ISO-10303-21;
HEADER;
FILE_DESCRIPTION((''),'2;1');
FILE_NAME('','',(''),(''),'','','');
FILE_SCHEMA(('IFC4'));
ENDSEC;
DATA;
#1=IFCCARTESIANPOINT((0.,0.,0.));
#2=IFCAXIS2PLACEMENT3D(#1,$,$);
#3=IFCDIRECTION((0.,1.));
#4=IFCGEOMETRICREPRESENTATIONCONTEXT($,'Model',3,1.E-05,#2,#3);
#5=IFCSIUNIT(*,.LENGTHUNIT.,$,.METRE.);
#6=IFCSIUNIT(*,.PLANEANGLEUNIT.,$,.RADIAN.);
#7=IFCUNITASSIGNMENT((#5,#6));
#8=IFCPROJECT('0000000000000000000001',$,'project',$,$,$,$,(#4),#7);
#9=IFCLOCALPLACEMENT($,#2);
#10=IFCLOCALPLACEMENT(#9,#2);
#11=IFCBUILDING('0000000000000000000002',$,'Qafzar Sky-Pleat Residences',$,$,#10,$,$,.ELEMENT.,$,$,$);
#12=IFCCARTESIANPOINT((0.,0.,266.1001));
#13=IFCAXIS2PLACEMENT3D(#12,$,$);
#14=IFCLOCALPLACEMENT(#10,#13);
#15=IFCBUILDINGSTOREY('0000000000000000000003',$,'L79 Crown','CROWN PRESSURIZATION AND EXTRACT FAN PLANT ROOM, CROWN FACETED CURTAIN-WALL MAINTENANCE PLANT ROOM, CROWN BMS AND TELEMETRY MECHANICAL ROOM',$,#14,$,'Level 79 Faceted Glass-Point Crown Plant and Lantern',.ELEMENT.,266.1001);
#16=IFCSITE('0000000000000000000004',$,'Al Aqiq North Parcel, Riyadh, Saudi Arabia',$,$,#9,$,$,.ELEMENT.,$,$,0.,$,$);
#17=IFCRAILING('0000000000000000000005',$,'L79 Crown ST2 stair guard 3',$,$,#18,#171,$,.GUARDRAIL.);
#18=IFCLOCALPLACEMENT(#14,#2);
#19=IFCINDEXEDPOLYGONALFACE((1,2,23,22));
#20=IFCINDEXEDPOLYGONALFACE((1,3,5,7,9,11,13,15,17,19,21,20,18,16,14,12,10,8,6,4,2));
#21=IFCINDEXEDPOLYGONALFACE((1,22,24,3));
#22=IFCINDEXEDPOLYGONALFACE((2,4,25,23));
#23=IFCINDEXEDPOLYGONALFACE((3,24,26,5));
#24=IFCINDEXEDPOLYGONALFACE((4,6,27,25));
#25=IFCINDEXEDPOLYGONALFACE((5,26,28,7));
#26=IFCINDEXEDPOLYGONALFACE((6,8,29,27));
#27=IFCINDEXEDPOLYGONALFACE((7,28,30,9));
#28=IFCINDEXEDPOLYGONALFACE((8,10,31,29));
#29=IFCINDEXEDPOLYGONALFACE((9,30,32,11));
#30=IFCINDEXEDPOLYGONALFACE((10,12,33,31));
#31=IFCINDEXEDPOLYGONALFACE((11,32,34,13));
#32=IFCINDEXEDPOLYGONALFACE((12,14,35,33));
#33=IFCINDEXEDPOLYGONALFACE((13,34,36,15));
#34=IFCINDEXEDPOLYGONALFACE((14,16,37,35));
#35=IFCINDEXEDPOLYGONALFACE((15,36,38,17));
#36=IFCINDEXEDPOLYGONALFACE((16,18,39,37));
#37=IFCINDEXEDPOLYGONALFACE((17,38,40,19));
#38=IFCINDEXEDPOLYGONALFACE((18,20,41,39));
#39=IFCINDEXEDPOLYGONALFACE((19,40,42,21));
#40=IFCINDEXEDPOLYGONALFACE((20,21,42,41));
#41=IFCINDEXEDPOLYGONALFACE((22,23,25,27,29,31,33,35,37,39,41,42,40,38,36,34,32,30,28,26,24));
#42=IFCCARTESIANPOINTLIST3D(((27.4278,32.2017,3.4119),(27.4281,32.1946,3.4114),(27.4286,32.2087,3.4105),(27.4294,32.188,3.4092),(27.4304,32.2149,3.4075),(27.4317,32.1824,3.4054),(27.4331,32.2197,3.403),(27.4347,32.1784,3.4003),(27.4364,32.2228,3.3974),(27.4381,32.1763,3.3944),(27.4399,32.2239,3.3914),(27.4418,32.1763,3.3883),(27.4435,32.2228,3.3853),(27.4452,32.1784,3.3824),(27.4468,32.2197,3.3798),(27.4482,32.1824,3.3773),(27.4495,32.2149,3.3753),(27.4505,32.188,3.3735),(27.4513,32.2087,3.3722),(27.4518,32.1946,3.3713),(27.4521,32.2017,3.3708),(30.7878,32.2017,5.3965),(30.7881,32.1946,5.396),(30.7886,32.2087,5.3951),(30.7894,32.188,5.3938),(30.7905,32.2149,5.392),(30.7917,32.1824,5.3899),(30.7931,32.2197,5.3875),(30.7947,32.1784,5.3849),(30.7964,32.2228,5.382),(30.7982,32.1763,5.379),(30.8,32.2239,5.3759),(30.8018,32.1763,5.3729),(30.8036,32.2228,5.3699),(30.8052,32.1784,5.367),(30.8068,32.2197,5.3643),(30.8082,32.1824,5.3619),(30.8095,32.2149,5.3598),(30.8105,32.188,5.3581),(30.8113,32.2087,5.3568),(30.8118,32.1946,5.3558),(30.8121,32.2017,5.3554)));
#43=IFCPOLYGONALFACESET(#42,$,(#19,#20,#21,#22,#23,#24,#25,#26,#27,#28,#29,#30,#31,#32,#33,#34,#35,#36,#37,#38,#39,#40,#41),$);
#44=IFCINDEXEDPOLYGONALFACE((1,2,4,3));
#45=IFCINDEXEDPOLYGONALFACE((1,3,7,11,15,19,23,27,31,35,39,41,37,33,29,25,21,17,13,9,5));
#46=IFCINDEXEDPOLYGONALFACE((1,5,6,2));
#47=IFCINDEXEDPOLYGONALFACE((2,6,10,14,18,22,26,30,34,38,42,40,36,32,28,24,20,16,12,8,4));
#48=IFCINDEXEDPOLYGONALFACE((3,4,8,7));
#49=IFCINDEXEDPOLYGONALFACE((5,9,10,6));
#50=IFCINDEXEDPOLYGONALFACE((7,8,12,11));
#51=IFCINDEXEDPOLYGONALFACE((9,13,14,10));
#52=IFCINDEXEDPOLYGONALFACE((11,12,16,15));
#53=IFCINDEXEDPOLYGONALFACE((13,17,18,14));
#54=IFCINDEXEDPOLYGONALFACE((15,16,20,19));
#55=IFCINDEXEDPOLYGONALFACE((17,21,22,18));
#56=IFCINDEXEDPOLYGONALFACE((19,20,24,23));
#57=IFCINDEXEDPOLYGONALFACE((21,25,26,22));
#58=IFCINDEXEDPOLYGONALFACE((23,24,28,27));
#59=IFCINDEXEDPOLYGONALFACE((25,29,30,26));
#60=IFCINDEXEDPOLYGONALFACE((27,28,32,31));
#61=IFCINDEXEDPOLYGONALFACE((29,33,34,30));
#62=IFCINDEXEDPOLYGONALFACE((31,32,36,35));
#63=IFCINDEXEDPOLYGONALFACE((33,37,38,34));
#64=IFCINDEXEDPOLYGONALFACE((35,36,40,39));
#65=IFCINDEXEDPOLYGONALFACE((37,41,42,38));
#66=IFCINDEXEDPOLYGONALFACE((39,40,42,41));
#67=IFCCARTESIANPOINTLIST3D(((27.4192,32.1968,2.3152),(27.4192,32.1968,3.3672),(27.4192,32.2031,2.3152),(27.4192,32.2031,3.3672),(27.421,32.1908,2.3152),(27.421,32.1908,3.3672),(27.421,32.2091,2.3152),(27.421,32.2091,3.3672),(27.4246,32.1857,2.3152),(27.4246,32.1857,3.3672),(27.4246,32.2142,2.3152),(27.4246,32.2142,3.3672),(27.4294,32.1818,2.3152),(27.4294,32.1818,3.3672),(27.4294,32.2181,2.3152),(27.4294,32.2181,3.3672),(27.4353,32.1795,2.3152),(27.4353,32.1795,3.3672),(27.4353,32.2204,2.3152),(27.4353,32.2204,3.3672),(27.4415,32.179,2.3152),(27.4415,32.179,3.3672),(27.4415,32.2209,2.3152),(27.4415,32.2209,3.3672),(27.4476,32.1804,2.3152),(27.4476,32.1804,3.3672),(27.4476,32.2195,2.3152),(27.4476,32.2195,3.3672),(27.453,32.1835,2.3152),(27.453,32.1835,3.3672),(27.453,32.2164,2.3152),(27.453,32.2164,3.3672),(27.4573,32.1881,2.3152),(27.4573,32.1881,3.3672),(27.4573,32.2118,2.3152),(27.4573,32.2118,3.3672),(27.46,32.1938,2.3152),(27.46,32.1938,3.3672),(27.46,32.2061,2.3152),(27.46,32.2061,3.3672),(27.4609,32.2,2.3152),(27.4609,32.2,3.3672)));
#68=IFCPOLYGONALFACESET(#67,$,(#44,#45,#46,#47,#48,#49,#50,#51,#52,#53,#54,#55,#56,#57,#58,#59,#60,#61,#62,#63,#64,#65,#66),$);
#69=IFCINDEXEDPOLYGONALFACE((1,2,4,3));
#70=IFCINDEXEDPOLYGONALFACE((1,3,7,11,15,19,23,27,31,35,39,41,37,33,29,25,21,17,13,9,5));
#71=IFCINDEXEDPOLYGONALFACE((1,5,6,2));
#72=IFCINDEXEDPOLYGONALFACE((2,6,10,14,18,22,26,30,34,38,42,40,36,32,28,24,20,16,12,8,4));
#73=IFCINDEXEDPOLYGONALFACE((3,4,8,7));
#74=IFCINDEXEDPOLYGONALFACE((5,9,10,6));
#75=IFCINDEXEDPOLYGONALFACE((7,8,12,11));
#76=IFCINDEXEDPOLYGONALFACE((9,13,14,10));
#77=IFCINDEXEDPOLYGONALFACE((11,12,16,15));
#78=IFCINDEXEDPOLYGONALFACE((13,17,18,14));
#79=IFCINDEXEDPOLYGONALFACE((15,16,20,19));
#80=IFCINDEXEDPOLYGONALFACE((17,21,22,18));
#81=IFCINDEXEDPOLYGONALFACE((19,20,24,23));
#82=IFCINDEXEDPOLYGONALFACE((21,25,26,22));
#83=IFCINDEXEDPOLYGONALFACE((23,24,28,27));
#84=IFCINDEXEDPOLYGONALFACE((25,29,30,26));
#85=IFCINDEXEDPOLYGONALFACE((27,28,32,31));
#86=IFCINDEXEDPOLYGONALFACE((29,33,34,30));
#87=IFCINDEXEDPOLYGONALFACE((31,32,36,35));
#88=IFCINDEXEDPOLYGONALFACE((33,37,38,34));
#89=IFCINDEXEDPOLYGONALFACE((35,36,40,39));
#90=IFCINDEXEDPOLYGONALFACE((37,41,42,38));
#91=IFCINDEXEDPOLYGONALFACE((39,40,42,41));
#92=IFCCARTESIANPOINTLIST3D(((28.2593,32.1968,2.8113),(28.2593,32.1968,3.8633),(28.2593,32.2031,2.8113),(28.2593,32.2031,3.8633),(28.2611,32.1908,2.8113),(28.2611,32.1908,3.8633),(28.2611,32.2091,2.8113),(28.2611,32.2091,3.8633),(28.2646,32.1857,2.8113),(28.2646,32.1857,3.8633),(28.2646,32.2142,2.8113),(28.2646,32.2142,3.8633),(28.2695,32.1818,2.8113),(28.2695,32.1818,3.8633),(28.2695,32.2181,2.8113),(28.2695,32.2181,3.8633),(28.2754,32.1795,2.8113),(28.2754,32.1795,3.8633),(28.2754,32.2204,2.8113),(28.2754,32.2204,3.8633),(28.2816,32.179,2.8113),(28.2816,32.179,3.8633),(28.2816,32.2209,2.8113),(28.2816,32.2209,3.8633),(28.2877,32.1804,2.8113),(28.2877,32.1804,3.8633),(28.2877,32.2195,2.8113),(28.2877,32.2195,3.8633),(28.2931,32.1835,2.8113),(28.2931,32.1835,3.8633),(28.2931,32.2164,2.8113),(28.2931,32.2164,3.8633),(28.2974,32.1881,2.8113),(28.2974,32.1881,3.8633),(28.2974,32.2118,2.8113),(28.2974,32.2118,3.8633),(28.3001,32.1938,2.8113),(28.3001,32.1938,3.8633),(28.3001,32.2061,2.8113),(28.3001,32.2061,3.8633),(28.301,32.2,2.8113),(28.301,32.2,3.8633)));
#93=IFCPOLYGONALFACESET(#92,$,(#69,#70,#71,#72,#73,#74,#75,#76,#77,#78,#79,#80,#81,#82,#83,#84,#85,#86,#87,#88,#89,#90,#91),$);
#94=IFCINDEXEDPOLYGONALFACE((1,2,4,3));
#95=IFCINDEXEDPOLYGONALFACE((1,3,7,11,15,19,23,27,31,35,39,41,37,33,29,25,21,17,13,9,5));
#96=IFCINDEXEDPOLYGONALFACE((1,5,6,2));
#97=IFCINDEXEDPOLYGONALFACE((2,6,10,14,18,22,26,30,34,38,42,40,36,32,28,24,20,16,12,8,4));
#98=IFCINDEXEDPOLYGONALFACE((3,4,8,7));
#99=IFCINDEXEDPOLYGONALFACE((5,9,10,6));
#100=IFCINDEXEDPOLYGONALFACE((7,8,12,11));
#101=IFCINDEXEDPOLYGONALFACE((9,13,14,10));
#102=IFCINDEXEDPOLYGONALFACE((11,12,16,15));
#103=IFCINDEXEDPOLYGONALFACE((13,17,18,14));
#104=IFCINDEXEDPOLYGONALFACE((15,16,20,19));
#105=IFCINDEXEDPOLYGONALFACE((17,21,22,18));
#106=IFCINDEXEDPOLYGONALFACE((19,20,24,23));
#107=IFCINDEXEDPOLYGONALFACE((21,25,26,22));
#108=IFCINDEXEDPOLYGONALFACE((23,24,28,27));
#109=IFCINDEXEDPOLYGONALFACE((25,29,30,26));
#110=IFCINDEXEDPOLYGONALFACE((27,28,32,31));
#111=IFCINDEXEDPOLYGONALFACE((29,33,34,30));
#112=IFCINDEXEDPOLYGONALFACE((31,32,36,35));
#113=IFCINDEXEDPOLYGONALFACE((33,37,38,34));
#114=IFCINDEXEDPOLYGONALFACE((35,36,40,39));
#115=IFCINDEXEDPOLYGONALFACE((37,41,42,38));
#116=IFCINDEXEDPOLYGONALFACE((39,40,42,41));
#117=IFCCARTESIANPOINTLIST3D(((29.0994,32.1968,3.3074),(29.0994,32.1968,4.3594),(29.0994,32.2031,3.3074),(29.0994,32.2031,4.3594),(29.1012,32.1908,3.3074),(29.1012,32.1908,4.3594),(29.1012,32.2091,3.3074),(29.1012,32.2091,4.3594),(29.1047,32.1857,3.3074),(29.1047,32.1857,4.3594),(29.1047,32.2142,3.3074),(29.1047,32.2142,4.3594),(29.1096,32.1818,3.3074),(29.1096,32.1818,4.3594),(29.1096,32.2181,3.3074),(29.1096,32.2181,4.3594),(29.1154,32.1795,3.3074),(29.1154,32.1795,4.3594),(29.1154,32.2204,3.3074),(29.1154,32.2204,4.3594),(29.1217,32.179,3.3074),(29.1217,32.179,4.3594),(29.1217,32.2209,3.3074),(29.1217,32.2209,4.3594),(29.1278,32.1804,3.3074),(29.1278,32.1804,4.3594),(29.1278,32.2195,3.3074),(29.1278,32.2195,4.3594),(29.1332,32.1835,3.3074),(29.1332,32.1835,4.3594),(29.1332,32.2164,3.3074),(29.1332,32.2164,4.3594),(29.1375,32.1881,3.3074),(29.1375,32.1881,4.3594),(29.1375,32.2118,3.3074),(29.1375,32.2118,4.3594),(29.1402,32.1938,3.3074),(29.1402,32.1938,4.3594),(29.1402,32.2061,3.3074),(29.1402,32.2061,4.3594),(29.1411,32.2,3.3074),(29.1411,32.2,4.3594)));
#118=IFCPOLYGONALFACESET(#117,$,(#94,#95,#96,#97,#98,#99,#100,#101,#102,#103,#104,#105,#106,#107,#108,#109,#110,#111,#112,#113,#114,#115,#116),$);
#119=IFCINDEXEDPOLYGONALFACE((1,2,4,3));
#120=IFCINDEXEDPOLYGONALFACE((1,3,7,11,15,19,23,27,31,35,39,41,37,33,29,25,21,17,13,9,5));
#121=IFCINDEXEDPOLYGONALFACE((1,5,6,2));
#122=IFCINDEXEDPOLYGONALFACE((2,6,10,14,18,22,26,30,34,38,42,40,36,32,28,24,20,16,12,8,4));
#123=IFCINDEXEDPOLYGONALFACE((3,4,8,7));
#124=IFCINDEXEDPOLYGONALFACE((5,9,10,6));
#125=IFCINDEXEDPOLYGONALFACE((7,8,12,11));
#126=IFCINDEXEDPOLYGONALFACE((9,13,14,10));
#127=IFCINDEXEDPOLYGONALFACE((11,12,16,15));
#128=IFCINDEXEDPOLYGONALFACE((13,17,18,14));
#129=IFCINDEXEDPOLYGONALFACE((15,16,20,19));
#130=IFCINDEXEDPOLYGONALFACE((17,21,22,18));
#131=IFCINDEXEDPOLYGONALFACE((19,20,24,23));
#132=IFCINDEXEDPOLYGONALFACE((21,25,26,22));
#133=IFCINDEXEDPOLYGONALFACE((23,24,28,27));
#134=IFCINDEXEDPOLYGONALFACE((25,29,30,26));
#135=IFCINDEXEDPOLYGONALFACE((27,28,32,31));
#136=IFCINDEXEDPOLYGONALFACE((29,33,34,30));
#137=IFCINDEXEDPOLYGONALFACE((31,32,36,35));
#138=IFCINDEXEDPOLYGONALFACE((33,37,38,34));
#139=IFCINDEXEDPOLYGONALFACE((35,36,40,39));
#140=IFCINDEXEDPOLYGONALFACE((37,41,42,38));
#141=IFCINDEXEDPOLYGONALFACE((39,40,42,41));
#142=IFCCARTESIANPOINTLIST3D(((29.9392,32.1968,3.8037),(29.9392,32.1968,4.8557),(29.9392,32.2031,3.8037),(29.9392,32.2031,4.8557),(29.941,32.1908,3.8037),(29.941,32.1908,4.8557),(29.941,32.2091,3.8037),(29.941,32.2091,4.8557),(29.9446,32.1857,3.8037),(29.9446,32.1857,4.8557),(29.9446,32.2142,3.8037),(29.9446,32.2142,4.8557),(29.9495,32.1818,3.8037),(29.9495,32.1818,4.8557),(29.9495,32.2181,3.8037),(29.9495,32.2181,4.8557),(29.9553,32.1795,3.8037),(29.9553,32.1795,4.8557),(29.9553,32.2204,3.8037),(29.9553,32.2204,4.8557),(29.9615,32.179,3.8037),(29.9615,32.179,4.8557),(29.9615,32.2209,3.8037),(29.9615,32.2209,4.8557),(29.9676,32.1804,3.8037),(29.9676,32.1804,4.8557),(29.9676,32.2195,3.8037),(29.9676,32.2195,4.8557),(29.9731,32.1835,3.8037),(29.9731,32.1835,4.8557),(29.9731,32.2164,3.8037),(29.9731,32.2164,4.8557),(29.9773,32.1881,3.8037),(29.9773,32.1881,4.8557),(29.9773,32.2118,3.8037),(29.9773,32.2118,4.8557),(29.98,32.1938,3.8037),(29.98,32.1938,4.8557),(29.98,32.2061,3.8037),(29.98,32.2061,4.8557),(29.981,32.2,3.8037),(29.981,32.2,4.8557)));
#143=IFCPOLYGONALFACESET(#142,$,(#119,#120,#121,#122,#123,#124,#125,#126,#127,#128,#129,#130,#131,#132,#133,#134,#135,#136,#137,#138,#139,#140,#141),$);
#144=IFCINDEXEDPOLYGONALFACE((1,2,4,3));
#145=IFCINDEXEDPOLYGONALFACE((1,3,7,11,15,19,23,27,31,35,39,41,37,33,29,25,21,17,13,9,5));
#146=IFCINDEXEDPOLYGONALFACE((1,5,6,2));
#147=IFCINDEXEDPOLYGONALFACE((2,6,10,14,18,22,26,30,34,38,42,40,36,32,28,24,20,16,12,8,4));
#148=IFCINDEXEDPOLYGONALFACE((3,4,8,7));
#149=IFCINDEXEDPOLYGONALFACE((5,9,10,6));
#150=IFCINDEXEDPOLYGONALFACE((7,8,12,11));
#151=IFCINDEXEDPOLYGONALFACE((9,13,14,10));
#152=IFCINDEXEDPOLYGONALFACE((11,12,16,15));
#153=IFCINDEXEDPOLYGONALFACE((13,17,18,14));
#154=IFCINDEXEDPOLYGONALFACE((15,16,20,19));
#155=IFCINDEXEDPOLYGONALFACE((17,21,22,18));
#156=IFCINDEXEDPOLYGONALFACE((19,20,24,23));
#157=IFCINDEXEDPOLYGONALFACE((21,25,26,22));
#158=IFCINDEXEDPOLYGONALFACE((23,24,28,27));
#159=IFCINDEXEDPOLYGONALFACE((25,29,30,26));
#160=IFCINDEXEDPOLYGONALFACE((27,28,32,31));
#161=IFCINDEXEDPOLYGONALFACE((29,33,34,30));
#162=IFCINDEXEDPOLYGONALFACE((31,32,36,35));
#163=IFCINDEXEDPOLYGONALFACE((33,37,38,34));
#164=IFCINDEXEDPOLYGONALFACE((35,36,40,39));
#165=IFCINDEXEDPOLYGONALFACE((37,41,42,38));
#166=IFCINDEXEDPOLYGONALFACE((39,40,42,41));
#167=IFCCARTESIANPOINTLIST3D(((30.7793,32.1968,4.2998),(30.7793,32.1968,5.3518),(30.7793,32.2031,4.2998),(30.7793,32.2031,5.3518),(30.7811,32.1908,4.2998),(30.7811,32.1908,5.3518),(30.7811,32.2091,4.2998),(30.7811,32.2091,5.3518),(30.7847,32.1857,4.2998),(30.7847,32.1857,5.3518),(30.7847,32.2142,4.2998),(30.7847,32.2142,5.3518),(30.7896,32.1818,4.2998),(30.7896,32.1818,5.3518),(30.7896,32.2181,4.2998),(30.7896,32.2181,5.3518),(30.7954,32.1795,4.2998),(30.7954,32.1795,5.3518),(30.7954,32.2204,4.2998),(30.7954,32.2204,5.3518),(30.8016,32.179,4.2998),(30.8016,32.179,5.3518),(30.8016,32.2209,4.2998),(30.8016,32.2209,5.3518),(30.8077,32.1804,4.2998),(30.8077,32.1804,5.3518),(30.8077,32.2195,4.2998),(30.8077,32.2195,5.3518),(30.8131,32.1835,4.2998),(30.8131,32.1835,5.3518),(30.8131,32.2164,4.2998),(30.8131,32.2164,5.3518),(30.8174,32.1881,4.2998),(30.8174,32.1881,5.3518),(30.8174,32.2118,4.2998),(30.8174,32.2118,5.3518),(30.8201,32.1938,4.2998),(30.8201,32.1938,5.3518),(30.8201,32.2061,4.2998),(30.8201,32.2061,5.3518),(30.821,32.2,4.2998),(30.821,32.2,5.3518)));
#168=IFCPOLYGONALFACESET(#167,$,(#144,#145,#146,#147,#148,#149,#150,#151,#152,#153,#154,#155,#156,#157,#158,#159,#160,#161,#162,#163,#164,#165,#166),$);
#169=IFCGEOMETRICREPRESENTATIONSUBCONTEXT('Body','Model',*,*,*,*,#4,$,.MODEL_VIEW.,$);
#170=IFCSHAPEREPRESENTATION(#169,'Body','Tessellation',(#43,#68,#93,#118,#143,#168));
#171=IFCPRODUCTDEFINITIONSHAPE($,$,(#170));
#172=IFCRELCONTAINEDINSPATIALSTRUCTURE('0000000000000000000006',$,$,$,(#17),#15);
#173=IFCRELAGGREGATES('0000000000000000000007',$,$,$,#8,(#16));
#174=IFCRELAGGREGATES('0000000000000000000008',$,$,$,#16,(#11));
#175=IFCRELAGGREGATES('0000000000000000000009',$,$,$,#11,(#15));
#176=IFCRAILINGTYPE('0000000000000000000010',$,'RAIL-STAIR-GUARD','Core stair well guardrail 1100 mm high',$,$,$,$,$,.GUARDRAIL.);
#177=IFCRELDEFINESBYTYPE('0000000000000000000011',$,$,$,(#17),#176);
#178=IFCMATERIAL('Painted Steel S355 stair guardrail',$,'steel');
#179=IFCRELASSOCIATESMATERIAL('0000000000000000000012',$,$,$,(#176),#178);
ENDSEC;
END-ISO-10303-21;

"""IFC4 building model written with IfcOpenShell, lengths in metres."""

from ifc_helpers import new_model, si_unit, direction, frame, origin, origin_2d, place, context, subcontext, project, spatial, circle, extrude, source, transform, mapped, material, type_object, element, save


model = new_model("IFC4")

# Units and contexts
model_context = context("Model", 3, precision=1e-05, world=origin(), true_north=direction((0.0, 1.0)))
body_context = subcontext(model_context, "Body", "Model", "MODEL_VIEW")
ifc_project = project(units=[si_unit("LENGTHUNIT", "METRE"), si_unit("PLANEANGLEUNIT", "RADIAN")], contexts=[model_context])

# Site, building, storey
site_placement = place(None, origin())
site = spatial("IfcSite", under=ifc_project, at=site_placement, Name="Al Aqiq North Parcel, Riyadh, Saudi Arabia", CompositionType="ELEMENT", RefElevation=0.0)
building_placement = place(site_placement, origin())
building = spatial("IfcBuilding", under=site, at=building_placement, Name="Qafzar Sky-Pleat Residences", CompositionType="ELEMENT")
storey_placement = place(building_placement, frame((0.0, 0.0, 266.1001)))
storey = spatial("IfcBuildingStorey", under=building, at=storey_placement, Name="L79 Crown", Description="CROWN PRESSURIZATION AND EXTRACT FAN PLANT ROOM, CROWN FACETED CURTAIN-WALL MAINTENANCE PLANT ROOM, CROWN BMS AND TELEMETRY MECHANICAL ROOM", LongName="Level 79 Faceted Glass-Point Crown Plant and Lantern", CompositionType="ELEMENT", Elevation=266.1001)

# Railing
ifc_material_1 = material(Name="Painted Steel S355 stair guardrail", Category="steel")
railing_type_1 = type_object("IfcRailingType", Name="RAIL-STAIR-GUARD", Description="Core stair well guardrail 1100 mm high", PredefinedType="GUARDRAIL", material=ifc_material_1)
shared_shape_1 = source(origin(), body_context, "Body", "SweptSolid", [
    extrude(circle(Radius=0.0239, at=origin_2d()), frame((0.0, 0.0, 1.0762), z_axis=(0.861027, 0.0, 0.508559), x_axis=(0.0, 1.0, 0.0)), (0.0, 0.0, 1.0), 3.9023),
    extrude(circle(Radius=0.021, at=origin_2d()), origin(), (0.0, 0.0, 1.0), 1.052),
    extrude(circle(Radius=0.021, at=origin_2d()), frame((0.8401, 0.0, 0.4961)), (0.0, 0.0, 1.0), 1.052),
    extrude(circle(Radius=0.021, at=origin_2d()), frame((1.6802, 0.0, 0.9922)), (0.0, 0.0, 1.0), 1.052),
    extrude(circle(Radius=0.021, at=origin_2d()), frame((2.52, 0.0, 1.4885)), (0.0, 0.0, 1.0), 1.052),
    extrude(circle(Radius=0.021, at=origin_2d()), frame((3.3601, 0.0, 1.9846)), (0.0, 0.0, 1.0), 1.052),
])
railing_1_placement = place(storey_placement, frame((27.4399, 32.2, 2.3152)))
element("IfcRailing", 1, at=railing_1_placement, inside=storey, type_object=railing_type_1, Name="L79 Crown ST2 stair guard 3", PredefinedType="GUARDRAIL", context=body_context, shape_type="MappedRepresentation", body=[
    mapped(shared_shape_1, transform((0.0, 0.0, 0.0), x_axis=(1.0, 0.0, 0.0), y_axis=(0.0, 1.0, 0.0), z_axis=(0.0, 0.0, 1.0), scale=1.0)),
])

save(model, "model.ifc")
